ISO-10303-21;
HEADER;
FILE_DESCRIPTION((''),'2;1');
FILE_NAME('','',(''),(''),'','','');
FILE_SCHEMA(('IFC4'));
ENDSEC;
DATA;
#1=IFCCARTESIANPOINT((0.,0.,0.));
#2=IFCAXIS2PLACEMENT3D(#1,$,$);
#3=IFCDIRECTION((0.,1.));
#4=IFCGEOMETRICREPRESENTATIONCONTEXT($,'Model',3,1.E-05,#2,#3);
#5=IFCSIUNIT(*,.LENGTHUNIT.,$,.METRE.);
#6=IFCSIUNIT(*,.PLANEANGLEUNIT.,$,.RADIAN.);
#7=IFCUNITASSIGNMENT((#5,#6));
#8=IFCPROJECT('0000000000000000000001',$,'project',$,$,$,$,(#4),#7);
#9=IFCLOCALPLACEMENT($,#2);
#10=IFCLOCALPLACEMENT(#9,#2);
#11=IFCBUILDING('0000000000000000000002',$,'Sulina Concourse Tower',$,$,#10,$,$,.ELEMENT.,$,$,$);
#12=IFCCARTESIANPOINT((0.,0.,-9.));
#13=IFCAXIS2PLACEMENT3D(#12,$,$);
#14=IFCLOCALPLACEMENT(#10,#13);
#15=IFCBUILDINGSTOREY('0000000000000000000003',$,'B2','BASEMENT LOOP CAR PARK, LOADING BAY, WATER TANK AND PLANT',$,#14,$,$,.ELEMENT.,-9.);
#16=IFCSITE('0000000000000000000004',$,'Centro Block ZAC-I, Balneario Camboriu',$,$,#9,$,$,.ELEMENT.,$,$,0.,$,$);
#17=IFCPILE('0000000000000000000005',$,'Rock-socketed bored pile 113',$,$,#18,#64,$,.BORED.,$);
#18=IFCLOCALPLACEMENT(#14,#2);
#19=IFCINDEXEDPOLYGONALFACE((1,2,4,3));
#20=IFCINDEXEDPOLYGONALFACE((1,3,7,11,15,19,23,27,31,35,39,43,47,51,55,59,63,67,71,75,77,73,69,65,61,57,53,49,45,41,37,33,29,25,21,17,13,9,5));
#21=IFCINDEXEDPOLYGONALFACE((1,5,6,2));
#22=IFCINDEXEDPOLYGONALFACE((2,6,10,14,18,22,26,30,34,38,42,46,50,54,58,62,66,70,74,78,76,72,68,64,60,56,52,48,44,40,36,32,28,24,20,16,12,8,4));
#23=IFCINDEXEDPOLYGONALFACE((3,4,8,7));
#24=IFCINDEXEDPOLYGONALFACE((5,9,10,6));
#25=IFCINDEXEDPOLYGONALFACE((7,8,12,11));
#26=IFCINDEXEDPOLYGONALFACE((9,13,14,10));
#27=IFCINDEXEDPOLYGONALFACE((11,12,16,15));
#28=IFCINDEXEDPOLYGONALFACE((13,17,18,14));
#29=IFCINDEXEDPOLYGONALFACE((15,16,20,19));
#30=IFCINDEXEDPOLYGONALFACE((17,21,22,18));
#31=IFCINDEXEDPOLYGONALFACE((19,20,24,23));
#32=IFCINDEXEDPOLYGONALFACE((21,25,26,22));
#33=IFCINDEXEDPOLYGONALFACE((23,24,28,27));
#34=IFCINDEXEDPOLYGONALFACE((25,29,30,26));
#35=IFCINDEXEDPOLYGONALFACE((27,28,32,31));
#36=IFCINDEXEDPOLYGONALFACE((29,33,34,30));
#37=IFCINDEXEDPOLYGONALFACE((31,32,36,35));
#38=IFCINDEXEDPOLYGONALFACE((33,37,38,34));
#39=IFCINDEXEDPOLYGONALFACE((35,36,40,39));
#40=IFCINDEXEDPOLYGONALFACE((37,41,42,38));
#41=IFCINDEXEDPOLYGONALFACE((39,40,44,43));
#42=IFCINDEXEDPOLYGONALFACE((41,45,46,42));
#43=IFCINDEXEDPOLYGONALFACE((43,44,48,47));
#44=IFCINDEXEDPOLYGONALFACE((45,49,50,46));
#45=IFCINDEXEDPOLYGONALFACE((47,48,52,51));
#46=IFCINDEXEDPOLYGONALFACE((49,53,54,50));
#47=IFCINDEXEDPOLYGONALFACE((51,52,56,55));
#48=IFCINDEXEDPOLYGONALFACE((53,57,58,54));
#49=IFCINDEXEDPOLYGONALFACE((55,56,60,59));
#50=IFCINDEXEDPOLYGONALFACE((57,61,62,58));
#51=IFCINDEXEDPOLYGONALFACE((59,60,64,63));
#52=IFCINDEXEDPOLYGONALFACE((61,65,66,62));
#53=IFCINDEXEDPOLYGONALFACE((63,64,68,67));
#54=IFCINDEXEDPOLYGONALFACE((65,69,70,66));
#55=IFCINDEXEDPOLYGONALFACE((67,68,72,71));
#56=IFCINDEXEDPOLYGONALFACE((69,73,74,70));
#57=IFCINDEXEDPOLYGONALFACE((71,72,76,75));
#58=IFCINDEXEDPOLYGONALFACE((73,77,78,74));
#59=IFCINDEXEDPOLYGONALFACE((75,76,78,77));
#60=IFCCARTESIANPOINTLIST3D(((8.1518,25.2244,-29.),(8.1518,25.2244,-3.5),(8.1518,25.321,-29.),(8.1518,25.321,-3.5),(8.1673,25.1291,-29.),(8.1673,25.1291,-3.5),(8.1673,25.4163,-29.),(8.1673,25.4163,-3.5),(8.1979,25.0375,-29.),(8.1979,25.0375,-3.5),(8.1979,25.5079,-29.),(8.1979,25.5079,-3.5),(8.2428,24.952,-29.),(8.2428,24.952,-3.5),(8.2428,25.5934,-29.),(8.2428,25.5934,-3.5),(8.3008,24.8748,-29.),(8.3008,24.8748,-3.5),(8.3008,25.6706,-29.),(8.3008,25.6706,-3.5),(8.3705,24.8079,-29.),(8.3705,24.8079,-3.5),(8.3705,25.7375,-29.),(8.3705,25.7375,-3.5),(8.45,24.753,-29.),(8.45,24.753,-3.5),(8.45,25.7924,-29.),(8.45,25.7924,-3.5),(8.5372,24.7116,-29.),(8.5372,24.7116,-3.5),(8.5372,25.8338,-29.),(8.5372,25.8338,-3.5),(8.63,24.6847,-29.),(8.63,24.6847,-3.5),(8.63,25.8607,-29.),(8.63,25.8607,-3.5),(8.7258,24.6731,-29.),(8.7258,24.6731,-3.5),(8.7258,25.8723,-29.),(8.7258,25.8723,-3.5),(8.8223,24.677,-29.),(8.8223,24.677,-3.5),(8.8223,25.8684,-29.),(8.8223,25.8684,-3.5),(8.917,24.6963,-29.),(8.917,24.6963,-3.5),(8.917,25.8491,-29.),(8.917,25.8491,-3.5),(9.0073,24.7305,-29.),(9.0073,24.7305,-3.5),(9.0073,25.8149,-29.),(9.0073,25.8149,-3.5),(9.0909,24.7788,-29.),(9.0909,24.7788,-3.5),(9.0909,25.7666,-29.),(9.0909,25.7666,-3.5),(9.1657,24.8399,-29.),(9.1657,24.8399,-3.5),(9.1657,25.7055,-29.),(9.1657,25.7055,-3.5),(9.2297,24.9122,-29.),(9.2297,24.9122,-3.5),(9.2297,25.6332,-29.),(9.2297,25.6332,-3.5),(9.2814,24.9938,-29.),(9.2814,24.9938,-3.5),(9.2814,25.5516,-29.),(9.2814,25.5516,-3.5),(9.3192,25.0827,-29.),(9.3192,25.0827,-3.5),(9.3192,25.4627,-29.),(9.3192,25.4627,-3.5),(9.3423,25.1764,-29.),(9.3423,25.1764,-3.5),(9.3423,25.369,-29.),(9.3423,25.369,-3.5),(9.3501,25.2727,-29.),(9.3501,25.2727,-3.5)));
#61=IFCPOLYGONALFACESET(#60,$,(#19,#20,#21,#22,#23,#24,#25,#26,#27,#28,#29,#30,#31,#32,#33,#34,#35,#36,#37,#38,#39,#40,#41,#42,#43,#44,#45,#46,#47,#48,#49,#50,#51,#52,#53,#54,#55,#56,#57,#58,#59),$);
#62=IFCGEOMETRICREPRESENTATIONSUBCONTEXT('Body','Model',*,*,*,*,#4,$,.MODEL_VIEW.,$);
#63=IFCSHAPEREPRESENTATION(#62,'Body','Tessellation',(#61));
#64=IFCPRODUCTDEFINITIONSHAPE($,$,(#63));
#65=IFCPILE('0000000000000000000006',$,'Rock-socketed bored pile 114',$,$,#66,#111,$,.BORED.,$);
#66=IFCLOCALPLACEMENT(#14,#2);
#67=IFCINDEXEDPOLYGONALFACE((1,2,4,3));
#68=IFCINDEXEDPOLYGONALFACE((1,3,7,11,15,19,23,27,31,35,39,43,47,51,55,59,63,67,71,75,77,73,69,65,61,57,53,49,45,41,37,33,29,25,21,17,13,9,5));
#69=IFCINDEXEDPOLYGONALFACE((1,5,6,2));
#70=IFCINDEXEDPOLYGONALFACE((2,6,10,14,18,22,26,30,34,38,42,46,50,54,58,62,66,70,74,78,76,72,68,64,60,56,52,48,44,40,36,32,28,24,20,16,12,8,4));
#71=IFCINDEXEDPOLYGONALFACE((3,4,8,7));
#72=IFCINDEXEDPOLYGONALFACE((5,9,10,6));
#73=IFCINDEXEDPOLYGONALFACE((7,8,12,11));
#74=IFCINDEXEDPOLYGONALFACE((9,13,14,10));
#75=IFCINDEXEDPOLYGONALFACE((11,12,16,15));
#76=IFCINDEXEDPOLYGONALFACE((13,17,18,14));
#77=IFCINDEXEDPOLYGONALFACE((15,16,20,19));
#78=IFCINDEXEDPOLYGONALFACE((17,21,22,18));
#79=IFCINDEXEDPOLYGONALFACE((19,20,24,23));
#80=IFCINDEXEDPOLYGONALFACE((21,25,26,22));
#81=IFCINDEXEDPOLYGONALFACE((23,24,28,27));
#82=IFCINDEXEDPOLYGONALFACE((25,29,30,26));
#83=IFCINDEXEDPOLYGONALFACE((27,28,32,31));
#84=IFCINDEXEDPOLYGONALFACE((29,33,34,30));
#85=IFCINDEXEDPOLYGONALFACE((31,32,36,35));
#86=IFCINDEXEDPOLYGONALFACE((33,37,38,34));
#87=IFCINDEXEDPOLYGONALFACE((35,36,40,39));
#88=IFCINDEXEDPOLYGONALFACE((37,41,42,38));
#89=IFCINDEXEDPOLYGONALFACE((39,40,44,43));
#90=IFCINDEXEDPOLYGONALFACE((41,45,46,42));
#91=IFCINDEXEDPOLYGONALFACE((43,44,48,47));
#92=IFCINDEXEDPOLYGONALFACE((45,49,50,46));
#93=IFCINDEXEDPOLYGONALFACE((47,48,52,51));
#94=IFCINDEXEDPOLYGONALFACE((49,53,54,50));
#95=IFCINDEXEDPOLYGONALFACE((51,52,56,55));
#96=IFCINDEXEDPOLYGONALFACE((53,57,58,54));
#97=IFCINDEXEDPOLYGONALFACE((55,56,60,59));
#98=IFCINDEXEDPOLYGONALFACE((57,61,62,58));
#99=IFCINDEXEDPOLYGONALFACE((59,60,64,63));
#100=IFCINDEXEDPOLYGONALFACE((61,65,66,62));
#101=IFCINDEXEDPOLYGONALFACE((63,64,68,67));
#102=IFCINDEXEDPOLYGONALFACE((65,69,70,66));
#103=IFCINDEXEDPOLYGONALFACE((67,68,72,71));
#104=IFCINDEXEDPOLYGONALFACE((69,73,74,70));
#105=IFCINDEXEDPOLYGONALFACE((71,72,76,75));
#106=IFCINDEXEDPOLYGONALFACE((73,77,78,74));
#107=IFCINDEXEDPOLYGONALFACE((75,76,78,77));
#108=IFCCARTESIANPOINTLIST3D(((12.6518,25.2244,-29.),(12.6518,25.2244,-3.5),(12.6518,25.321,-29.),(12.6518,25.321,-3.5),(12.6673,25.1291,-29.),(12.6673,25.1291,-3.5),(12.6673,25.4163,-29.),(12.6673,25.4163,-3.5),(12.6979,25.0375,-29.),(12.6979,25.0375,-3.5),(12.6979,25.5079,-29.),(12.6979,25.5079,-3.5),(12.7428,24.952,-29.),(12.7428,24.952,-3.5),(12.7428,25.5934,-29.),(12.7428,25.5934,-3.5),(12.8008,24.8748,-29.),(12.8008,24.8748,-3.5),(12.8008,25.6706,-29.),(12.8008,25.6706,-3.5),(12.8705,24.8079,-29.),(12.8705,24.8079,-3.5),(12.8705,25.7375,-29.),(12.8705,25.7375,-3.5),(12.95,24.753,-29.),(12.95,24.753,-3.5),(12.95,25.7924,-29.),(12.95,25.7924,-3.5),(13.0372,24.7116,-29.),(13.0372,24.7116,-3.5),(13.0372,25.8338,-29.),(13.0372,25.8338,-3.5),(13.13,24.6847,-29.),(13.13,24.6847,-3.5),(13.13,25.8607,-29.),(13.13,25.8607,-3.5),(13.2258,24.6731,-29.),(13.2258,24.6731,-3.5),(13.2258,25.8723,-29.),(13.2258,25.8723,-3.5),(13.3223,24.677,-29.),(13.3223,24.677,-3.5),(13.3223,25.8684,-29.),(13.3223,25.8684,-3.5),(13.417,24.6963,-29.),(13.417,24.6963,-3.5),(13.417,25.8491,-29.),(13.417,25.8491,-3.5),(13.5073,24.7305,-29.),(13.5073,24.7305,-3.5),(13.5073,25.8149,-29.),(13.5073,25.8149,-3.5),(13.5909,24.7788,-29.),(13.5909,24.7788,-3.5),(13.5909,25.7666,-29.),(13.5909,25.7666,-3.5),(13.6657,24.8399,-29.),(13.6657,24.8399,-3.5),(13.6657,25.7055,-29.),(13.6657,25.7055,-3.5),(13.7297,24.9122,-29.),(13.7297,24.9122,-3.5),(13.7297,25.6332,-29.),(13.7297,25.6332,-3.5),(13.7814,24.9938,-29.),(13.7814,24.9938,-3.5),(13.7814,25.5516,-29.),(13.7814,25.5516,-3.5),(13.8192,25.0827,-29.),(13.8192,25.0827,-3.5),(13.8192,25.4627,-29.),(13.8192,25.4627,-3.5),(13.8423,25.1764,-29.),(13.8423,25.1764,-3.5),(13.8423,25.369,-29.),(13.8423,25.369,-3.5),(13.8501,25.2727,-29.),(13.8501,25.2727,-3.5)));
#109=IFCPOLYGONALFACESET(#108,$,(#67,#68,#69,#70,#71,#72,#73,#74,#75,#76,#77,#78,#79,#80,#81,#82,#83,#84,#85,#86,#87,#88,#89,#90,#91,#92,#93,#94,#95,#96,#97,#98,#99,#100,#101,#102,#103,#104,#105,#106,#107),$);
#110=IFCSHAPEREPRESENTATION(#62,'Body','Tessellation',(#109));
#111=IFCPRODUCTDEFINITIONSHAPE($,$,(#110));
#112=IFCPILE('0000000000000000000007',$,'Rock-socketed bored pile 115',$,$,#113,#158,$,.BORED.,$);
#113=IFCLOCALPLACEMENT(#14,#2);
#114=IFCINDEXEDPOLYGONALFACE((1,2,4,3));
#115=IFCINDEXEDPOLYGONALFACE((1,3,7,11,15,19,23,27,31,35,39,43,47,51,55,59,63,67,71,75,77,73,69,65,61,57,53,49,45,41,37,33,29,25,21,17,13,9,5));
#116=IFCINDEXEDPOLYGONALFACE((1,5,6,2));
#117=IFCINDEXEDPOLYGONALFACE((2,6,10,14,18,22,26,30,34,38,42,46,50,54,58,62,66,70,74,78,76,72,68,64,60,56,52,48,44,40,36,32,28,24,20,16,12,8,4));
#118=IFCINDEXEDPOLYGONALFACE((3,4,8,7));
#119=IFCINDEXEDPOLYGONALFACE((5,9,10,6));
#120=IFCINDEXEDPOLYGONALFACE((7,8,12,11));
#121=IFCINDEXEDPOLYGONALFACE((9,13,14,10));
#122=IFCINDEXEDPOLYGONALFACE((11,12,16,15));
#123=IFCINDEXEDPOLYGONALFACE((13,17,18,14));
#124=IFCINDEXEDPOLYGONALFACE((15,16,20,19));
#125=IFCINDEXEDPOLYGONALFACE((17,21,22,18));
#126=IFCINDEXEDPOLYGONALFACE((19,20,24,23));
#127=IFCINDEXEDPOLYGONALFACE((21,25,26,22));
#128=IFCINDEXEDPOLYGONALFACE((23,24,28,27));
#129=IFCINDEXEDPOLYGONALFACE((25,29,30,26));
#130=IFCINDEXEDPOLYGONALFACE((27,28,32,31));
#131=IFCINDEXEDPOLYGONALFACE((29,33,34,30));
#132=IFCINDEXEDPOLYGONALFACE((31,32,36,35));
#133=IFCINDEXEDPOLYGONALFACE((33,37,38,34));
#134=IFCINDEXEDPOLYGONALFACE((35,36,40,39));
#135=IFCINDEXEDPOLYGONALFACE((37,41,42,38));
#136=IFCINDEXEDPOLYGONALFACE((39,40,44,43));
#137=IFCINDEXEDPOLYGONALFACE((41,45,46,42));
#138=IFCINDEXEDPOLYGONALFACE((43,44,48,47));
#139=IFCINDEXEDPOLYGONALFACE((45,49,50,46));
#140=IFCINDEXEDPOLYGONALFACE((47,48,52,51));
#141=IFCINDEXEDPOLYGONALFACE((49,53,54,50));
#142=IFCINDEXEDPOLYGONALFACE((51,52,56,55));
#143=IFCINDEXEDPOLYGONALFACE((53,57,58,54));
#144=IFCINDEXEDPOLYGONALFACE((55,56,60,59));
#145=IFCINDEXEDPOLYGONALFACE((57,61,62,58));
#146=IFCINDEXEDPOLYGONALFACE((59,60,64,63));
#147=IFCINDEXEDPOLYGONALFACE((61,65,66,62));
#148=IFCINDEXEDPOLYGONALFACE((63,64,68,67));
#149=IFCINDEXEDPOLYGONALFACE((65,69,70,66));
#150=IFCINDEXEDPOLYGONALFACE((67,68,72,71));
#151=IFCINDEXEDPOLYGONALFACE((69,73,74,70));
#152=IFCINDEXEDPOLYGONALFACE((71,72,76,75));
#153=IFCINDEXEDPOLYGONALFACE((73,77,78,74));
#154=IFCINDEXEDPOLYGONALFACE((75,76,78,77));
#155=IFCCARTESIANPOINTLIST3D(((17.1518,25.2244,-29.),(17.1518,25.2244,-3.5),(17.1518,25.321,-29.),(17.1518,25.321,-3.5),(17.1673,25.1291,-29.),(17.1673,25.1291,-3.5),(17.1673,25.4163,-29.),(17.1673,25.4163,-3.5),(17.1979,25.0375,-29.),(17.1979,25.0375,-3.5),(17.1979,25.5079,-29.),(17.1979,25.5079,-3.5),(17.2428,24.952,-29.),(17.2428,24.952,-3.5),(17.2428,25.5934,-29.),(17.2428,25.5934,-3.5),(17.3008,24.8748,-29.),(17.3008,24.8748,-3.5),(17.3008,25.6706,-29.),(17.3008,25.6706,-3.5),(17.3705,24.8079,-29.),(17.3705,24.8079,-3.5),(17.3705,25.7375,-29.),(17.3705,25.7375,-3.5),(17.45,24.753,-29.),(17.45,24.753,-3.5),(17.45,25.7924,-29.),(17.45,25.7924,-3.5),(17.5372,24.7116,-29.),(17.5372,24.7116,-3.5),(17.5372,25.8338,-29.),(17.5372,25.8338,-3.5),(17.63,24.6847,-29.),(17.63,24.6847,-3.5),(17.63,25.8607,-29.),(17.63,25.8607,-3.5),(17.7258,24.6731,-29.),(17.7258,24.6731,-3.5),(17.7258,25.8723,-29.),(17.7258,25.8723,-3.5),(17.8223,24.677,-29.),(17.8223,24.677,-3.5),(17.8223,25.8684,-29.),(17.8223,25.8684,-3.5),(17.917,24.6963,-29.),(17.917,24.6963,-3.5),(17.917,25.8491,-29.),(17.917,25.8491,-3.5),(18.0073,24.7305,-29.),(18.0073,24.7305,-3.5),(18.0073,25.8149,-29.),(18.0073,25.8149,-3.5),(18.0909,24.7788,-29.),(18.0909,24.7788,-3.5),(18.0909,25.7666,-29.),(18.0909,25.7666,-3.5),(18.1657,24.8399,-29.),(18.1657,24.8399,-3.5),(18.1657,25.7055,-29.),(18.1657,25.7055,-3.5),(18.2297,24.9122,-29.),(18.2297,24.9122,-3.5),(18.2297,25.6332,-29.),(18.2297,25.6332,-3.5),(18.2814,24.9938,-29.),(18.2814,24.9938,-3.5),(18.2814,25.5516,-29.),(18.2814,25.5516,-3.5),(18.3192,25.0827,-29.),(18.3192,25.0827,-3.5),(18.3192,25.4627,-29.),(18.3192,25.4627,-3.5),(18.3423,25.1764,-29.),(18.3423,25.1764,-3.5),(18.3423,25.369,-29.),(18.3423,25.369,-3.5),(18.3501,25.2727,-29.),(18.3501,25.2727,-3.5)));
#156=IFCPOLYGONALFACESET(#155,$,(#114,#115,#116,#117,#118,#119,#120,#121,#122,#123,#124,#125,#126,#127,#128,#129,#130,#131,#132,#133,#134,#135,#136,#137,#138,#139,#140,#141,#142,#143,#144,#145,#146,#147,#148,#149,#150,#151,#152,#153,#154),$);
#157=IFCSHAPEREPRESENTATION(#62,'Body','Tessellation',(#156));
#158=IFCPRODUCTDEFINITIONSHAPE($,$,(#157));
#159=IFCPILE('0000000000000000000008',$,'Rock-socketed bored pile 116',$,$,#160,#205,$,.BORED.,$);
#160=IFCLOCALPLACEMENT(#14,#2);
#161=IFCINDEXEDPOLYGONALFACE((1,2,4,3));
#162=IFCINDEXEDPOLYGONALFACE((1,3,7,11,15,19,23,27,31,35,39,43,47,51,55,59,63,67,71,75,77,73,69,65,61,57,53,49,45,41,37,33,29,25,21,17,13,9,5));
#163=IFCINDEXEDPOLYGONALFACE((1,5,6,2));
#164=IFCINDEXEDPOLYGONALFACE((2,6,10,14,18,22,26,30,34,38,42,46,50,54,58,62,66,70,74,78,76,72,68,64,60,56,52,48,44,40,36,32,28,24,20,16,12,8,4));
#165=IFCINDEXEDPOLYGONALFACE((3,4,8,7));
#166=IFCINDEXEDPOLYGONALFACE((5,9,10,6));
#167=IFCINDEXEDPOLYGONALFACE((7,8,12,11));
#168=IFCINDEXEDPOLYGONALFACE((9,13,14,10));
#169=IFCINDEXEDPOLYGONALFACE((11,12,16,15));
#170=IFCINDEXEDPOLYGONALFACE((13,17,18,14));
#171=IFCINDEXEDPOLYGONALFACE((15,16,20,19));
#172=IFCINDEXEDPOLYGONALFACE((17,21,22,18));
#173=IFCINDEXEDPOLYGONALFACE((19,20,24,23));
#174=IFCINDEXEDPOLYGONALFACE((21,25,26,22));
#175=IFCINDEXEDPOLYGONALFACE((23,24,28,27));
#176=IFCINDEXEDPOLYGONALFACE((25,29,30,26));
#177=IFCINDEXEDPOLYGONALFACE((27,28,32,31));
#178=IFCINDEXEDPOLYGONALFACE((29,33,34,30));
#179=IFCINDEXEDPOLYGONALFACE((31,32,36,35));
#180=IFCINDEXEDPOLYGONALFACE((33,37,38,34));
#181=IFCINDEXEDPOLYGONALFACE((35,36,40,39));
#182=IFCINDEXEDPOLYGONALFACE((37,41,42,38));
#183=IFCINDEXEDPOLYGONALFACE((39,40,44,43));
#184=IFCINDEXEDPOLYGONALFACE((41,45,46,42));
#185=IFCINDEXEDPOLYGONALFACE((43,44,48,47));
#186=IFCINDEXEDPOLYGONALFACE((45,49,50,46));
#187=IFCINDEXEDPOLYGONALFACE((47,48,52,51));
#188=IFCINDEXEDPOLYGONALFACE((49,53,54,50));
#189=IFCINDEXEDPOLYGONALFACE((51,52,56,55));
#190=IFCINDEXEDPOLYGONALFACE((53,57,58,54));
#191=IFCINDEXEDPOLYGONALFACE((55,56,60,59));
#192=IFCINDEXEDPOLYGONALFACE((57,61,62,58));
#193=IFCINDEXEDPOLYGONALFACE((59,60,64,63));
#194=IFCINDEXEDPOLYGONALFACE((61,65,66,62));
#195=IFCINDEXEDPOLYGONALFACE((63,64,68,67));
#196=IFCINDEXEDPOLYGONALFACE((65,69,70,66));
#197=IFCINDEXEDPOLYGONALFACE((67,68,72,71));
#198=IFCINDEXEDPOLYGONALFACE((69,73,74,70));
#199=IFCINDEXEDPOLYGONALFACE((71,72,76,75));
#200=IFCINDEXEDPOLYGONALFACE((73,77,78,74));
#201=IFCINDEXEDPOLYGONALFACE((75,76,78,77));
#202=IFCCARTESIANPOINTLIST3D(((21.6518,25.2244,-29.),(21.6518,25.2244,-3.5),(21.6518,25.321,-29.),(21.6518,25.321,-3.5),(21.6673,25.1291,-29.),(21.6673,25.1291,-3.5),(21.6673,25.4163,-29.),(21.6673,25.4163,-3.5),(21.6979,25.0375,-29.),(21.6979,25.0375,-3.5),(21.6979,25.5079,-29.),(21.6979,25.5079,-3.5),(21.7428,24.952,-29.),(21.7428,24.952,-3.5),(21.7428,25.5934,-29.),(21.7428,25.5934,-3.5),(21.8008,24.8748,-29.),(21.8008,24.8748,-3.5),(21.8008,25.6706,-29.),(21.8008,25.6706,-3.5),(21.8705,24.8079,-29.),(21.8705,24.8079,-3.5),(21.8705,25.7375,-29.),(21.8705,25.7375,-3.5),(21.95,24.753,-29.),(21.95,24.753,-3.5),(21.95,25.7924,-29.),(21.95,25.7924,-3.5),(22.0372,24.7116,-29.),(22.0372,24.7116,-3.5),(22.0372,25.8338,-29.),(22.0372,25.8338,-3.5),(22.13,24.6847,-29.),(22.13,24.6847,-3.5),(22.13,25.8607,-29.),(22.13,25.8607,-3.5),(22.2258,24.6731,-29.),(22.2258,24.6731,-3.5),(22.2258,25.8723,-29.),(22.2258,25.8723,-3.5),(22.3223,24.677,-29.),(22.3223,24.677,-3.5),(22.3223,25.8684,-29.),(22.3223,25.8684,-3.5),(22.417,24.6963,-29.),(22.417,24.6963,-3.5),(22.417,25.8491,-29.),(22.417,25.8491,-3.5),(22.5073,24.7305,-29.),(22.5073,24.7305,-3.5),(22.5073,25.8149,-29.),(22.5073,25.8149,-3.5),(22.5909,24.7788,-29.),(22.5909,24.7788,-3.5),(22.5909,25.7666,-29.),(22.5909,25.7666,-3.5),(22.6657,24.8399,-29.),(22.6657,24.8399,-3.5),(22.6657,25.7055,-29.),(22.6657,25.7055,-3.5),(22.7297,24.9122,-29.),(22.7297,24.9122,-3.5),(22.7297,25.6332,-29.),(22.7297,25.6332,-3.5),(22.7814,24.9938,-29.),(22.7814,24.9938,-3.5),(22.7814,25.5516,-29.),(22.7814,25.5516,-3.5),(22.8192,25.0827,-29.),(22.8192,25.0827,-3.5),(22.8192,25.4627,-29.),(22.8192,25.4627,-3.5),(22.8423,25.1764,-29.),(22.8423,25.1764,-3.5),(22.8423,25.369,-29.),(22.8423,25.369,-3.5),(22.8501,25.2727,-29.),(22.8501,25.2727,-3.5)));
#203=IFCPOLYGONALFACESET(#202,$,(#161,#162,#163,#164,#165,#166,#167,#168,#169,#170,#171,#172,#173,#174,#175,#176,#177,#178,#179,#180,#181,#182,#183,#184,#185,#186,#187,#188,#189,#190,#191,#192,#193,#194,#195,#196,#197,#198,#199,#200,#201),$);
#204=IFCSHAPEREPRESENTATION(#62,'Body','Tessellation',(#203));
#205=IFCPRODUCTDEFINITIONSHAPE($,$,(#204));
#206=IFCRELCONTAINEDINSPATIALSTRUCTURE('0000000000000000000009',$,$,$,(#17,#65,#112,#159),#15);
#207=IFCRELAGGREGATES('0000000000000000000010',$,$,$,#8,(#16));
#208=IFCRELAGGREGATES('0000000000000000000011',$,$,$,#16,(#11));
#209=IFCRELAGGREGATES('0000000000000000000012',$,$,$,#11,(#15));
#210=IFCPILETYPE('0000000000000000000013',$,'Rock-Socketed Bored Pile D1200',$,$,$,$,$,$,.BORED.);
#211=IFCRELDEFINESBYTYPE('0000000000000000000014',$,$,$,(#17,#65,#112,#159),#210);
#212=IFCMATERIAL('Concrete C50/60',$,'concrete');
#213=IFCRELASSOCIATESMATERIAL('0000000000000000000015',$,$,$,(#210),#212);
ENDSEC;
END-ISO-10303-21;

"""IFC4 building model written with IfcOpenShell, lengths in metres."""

from ifc_helpers import new_model, si_unit, direction, frame, origin, origin_2d, place, context, subcontext, project, spatial, circle, extrude, material, material_profile, profile_set, type_object, element, save


model = new_model("IFC4")

# Units and contexts
model_context = context("Model", 3, precision=1e-05, world=origin(), true_north=direction((0.0, 1.0)))
body_context = subcontext(model_context, "Body", "Model", "MODEL_VIEW")
ifc_project = project(units=[si_unit("LENGTHUNIT", "METRE"), si_unit("PLANEANGLEUNIT", "RADIAN")], contexts=[model_context])

# Site, building, storey
site_placement = place(None, origin())
site = spatial("IfcSite", under=ifc_project, at=site_placement, Name="Centro Block ZAC-I, Balneario Camboriu", CompositionType="ELEMENT", RefElevation=0.0)
building_placement = place(site_placement, origin())
building = spatial("IfcBuilding", under=site, at=building_placement, Name="Sulina Concourse Tower", CompositionType="ELEMENT")
storey_placement = place(building_placement, frame((0.0, 0.0, -9.0)))
storey = spatial("IfcBuildingStorey", under=building, at=storey_placement, Name="B2", Description="BASEMENT LOOP CAR PARK, LOADING BAY, WATER TANK AND PLANT", CompositionType="ELEMENT", Elevation=-9.0)

# Piles
ifc_material_1 = material(Name="Concrete C50/60", Category="concrete")
ifc_material_profile_1 = material_profile(ifc_material_1, circle(Radius=0.6001, at=origin_2d()), Name="PILE D1200")
ifc_profile_set_1 = profile_set([ifc_material_profile_1], Name="Concrete C50/60")
pile_type_1 = type_object("IfcPileType", Name="Rock-Socketed Bored Pile D1200", PredefinedType="BORED", material=ifc_profile_set_1)
for number, where, z_axis, x_axis, name in (
    (1, (8.75, 25.2727, -3.5), (0.0, 0.0, -1.0), (1.0, 0.0, 0.0), "Rock-socketed bored pile 113"),
    (2, (13.25, 25.2727, -3.5), (0.0, 0.0, -1.0), (1.0, 0.0, 0.0), "Rock-socketed bored pile 114"),
    (3, (17.75, 25.2727, -3.5), (0.0, 0.0, -1.0), (1.0, 0.0, 0.0), "Rock-socketed bored pile 115"),
    (4, (22.25, 25.2727, -3.5), (0.0, 0.0, -1.0), (1.0, 0.0, 0.0), "Rock-socketed bored pile 116"),
):
    element("IfcPile", number, at=place(storey_placement, frame(where, z_axis=z_axis, x_axis=x_axis)), inside=storey, type_object=pile_type_1, Name=name, PredefinedType="BORED", context=body_context, shape_type="SweptSolid", body=[
        extrude(circle(Radius=0.6001, at=origin_2d()), origin(), (0.0, 0.0, 1.0), 25.5),
    ])

save(model, "model.ifc")
